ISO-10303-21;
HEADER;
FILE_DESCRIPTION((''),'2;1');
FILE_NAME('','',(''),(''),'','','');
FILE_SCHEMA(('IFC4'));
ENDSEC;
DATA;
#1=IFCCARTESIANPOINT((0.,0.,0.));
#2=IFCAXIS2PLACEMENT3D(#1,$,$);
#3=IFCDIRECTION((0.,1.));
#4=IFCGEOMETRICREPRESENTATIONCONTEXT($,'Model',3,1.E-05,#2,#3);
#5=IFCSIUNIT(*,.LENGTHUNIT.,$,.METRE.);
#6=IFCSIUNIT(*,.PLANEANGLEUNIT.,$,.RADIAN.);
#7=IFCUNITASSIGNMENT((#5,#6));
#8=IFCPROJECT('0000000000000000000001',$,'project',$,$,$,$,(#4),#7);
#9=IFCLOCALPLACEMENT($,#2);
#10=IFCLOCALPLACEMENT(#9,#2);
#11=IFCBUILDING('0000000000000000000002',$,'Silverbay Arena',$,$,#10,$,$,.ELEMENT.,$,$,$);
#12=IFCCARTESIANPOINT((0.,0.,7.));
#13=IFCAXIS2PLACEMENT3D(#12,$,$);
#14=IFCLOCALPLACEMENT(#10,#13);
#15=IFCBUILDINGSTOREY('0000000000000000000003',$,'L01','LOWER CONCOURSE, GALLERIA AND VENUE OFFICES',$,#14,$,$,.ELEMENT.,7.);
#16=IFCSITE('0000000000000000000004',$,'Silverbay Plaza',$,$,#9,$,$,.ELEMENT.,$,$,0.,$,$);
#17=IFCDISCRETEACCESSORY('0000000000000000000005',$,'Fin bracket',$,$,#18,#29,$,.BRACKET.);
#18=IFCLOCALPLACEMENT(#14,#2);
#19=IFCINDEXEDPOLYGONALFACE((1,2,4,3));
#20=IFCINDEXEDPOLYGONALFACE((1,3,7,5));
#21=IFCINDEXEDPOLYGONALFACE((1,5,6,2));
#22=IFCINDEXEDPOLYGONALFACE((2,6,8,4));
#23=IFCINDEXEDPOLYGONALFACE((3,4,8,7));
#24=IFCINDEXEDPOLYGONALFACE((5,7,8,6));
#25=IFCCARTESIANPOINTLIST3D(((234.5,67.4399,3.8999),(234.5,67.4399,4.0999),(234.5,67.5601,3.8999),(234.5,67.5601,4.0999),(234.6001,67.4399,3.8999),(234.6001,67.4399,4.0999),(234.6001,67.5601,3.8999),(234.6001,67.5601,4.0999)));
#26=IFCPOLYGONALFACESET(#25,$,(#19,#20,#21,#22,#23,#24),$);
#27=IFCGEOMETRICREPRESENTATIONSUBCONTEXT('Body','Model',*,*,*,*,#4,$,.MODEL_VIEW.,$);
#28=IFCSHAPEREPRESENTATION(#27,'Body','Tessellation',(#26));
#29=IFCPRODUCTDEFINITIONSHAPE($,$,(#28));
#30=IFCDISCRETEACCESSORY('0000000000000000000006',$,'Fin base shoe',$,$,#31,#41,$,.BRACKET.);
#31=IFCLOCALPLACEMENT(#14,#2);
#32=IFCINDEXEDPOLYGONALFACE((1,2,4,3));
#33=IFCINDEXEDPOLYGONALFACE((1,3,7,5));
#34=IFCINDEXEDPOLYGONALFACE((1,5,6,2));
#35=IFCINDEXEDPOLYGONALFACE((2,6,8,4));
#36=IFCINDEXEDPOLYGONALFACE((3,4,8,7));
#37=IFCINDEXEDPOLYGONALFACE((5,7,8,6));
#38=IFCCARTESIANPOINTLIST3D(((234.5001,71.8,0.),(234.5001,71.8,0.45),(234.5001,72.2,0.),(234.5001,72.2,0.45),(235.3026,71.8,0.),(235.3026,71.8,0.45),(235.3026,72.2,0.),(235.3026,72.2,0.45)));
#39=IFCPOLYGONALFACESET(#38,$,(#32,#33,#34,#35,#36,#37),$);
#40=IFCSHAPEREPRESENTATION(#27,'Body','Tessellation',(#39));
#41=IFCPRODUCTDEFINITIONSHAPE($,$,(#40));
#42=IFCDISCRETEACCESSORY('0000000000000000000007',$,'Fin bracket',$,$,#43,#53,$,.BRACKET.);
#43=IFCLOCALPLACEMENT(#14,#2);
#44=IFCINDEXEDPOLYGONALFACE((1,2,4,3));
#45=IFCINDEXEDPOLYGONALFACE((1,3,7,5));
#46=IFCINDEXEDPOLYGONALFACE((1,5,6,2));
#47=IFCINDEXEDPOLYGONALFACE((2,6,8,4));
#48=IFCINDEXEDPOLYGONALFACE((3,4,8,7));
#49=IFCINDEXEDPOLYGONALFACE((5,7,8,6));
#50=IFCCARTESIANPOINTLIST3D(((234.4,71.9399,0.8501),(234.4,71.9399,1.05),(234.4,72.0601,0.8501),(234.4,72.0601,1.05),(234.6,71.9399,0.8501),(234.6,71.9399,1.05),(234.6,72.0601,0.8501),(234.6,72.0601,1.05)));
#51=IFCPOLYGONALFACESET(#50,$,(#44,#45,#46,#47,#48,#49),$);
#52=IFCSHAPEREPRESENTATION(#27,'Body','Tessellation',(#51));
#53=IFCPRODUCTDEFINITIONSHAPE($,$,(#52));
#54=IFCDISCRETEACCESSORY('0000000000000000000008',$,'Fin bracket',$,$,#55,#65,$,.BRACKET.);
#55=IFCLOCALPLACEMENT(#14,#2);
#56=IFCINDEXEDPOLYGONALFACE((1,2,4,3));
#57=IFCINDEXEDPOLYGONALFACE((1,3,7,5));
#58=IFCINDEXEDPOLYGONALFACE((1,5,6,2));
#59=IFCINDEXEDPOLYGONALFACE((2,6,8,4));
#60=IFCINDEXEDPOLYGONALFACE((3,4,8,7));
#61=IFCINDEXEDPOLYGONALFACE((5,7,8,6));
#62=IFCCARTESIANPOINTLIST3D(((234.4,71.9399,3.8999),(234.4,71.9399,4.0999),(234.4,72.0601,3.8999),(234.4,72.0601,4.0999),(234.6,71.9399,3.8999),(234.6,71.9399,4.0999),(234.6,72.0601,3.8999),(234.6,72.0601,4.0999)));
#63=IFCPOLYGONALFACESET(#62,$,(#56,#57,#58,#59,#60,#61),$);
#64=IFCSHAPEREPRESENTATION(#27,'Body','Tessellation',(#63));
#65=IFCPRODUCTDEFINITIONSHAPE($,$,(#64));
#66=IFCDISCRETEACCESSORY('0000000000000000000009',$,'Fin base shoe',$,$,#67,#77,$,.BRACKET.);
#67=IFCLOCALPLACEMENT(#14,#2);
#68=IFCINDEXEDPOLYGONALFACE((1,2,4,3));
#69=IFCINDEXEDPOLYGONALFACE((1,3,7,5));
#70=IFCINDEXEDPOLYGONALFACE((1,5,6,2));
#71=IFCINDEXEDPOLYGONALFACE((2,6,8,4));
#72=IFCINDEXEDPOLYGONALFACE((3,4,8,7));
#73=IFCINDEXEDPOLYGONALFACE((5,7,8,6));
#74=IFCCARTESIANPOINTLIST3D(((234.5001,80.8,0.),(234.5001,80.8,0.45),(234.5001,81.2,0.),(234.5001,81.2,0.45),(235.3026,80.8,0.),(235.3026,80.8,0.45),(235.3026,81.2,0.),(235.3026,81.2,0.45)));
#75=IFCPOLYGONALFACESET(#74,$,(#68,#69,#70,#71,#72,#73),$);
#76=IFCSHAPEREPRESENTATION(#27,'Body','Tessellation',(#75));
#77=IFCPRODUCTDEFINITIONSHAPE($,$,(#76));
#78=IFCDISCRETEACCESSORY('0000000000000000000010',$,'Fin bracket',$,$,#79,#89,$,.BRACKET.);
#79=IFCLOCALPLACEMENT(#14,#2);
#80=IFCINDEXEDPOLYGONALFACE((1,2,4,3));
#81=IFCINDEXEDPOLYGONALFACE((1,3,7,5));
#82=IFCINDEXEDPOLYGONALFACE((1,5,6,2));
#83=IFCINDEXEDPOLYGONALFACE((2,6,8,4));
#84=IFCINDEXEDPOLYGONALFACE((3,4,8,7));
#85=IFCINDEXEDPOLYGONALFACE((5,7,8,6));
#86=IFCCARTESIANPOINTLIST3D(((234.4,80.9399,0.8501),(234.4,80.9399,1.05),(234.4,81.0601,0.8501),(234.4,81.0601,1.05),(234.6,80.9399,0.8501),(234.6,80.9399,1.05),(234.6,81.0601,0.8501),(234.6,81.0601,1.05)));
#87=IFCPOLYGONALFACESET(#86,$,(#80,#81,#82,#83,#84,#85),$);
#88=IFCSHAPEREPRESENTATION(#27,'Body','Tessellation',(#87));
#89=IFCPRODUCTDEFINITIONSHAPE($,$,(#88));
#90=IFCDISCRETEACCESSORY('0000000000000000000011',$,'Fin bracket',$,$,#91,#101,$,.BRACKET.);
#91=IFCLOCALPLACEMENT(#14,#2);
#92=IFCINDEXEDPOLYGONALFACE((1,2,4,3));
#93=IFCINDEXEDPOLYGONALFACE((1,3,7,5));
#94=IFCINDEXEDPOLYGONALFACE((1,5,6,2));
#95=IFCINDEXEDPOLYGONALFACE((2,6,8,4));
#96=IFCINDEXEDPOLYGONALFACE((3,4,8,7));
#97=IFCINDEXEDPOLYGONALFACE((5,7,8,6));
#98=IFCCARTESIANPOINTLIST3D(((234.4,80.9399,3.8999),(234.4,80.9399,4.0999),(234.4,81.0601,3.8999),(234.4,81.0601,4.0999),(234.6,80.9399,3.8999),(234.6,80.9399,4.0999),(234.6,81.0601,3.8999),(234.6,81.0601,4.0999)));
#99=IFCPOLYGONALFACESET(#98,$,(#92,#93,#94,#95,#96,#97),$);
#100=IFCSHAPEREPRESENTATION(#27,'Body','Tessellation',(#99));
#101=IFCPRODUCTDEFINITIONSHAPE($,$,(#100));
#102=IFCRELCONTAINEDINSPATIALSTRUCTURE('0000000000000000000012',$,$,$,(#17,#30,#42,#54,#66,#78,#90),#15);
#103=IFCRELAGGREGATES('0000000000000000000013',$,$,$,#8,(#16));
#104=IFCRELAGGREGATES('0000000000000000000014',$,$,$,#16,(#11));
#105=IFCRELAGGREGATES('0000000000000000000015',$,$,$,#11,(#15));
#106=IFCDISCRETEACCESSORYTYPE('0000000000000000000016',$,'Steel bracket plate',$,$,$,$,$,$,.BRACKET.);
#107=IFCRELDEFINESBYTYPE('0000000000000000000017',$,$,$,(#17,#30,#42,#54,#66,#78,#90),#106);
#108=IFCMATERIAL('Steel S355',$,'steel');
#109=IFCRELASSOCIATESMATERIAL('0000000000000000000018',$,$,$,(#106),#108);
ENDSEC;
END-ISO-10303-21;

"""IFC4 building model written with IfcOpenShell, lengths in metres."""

from ifc_helpers import new_model, si_unit, direction, frame, origin, origin_2d, place, context, subcontext, project, spatial, rectangle, extrude, material, type_object, element, save


model = new_model("IFC4")

# Units and contexts
model_context = context("Model", 3, precision=1e-05, world=origin(), true_north=direction((0.0, 1.0)))
body_context = subcontext(model_context, "Body", "Model", "MODEL_VIEW")
ifc_project = project(units=[si_unit("LENGTHUNIT", "METRE"), si_unit("PLANEANGLEUNIT", "RADIAN")], contexts=[model_context])

# Site, building, storey
site_placement = place(None, origin())
site = spatial("IfcSite", under=ifc_project, at=site_placement, Name="Silverbay Plaza", CompositionType="ELEMENT", RefElevation=0.0)
building_placement = place(site_placement, origin())
building = spatial("IfcBuilding", under=site, at=building_placement, Name="Silverbay Arena", CompositionType="ELEMENT")
storey_placement = place(building_placement, frame((0.0, 0.0, 7.0)))
storey = spatial("IfcBuildingStorey", under=building, at=storey_placement, Name="L01", Description="LOWER CONCOURSE, GALLERIA AND VENUE OFFICES", CompositionType="ELEMENT", Elevation=7.0)

# Discrete accessories
ifc_material_1 = material(Name="Steel S355", Category="steel")
discrete_accessory_type = type_object("IfcDiscreteAccessoryType", Name="Steel bracket plate", PredefinedType="BRACKET", material=ifc_material_1)
for number, where, z_axis, x_axis, name in (
    (1, (234.55, 67.5, 3.8999), (0.0, 0.0, 1.0), (1.0, 0.0, 0.0), "Fin bracket"),
):
    element("IfcDiscreteAccessory", number, at=place(storey_placement, frame(where, z_axis=z_axis, x_axis=x_axis)), inside=storey, type_object=discrete_accessory_type, Name=name, PredefinedType="BRACKET", context=body_context, shape_type="SweptSolid", body=[
        extrude(rectangle(XDim=0.1001, YDim=0.1201, at=origin_2d()), origin(), (0.0, 0.0, 1.0), 0.2),
    ])
discrete_accessory_1_placement = place(storey_placement, frame((234.9014, 72.0, 0.0), z_axis=(0.0, 0.0, 1.0), x_axis=(1.0, 0.0, 0.0)))
element("IfcDiscreteAccessory", 2, at=discrete_accessory_1_placement, inside=storey, type_object=discrete_accessory_type, Name="Fin base shoe", PredefinedType="BRACKET", context=body_context, shape_type="SweptSolid", body=[
    extrude(rectangle(XDim=0.8025, YDim=0.3999, at=origin_2d()), origin(), (0.0, 0.0, 1.0), 0.45),
])
for number, where, z_axis, x_axis, name in (
    (3, (234.5, 72.0, 0.8501), (0.0, 0.0, 1.0), (1.0, 0.0, 0.0), "Fin bracket"),
    (4, (234.5, 72.0, 3.8999), (0.0, 0.0, 1.0), (1.0, 0.0, 0.0), "Fin bracket"),
):
    element("IfcDiscreteAccessory", number, at=place(storey_placement, frame(where, z_axis=z_axis, x_axis=x_axis)), inside=storey, type_object=discrete_accessory_type, Name=name, PredefinedType="BRACKET", context=body_context, shape_type="SweptSolid", body=[
        extrude(rectangle(XDim=0.2, YDim=0.1201, at=origin_2d()), origin(), (0.0, 0.0, 1.0), 0.2),
    ])
discrete_accessory_2_placement = place(storey_placement, frame((234.9014, 81.0, 0.0), z_axis=(0.0, 0.0, 1.0), x_axis=(1.0, 0.0, 0.0)))
element("IfcDiscreteAccessory", 5, at=discrete_accessory_2_placement, inside=storey, type_object=discrete_accessory_type, Name="Fin base shoe", PredefinedType="BRACKET", context=body_context, shape_type="SweptSolid", body=[
    extrude(rectangle(XDim=0.8025, YDim=0.3999, at=origin_2d()), origin(), (0.0, 0.0, 1.0), 0.45),
])
for number, where, z_axis, x_axis, name in (
    (6, (234.5, 81.0, 0.8501), (0.0, 0.0, 1.0), (1.0, 0.0, 0.0), "Fin bracket"),
    (7, (234.5, 81.0, 3.8999), (0.0, 0.0, 1.0), (1.0, 0.0, 0.0), "Fin bracket"),
):
    element("IfcDiscreteAccessory", number, at=place(storey_placement, frame(where, z_axis=z_axis, x_axis=x_axis)), inside=storey, type_object=discrete_accessory_type, Name=name, PredefinedType="BRACKET", context=body_context, shape_type="SweptSolid", body=[
        extrude(rectangle(XDim=0.2, YDim=0.1201, at=origin_2d()), origin(), (0.0, 0.0, 1.0), 0.2),
    ])

save(model, "model.ifc")
